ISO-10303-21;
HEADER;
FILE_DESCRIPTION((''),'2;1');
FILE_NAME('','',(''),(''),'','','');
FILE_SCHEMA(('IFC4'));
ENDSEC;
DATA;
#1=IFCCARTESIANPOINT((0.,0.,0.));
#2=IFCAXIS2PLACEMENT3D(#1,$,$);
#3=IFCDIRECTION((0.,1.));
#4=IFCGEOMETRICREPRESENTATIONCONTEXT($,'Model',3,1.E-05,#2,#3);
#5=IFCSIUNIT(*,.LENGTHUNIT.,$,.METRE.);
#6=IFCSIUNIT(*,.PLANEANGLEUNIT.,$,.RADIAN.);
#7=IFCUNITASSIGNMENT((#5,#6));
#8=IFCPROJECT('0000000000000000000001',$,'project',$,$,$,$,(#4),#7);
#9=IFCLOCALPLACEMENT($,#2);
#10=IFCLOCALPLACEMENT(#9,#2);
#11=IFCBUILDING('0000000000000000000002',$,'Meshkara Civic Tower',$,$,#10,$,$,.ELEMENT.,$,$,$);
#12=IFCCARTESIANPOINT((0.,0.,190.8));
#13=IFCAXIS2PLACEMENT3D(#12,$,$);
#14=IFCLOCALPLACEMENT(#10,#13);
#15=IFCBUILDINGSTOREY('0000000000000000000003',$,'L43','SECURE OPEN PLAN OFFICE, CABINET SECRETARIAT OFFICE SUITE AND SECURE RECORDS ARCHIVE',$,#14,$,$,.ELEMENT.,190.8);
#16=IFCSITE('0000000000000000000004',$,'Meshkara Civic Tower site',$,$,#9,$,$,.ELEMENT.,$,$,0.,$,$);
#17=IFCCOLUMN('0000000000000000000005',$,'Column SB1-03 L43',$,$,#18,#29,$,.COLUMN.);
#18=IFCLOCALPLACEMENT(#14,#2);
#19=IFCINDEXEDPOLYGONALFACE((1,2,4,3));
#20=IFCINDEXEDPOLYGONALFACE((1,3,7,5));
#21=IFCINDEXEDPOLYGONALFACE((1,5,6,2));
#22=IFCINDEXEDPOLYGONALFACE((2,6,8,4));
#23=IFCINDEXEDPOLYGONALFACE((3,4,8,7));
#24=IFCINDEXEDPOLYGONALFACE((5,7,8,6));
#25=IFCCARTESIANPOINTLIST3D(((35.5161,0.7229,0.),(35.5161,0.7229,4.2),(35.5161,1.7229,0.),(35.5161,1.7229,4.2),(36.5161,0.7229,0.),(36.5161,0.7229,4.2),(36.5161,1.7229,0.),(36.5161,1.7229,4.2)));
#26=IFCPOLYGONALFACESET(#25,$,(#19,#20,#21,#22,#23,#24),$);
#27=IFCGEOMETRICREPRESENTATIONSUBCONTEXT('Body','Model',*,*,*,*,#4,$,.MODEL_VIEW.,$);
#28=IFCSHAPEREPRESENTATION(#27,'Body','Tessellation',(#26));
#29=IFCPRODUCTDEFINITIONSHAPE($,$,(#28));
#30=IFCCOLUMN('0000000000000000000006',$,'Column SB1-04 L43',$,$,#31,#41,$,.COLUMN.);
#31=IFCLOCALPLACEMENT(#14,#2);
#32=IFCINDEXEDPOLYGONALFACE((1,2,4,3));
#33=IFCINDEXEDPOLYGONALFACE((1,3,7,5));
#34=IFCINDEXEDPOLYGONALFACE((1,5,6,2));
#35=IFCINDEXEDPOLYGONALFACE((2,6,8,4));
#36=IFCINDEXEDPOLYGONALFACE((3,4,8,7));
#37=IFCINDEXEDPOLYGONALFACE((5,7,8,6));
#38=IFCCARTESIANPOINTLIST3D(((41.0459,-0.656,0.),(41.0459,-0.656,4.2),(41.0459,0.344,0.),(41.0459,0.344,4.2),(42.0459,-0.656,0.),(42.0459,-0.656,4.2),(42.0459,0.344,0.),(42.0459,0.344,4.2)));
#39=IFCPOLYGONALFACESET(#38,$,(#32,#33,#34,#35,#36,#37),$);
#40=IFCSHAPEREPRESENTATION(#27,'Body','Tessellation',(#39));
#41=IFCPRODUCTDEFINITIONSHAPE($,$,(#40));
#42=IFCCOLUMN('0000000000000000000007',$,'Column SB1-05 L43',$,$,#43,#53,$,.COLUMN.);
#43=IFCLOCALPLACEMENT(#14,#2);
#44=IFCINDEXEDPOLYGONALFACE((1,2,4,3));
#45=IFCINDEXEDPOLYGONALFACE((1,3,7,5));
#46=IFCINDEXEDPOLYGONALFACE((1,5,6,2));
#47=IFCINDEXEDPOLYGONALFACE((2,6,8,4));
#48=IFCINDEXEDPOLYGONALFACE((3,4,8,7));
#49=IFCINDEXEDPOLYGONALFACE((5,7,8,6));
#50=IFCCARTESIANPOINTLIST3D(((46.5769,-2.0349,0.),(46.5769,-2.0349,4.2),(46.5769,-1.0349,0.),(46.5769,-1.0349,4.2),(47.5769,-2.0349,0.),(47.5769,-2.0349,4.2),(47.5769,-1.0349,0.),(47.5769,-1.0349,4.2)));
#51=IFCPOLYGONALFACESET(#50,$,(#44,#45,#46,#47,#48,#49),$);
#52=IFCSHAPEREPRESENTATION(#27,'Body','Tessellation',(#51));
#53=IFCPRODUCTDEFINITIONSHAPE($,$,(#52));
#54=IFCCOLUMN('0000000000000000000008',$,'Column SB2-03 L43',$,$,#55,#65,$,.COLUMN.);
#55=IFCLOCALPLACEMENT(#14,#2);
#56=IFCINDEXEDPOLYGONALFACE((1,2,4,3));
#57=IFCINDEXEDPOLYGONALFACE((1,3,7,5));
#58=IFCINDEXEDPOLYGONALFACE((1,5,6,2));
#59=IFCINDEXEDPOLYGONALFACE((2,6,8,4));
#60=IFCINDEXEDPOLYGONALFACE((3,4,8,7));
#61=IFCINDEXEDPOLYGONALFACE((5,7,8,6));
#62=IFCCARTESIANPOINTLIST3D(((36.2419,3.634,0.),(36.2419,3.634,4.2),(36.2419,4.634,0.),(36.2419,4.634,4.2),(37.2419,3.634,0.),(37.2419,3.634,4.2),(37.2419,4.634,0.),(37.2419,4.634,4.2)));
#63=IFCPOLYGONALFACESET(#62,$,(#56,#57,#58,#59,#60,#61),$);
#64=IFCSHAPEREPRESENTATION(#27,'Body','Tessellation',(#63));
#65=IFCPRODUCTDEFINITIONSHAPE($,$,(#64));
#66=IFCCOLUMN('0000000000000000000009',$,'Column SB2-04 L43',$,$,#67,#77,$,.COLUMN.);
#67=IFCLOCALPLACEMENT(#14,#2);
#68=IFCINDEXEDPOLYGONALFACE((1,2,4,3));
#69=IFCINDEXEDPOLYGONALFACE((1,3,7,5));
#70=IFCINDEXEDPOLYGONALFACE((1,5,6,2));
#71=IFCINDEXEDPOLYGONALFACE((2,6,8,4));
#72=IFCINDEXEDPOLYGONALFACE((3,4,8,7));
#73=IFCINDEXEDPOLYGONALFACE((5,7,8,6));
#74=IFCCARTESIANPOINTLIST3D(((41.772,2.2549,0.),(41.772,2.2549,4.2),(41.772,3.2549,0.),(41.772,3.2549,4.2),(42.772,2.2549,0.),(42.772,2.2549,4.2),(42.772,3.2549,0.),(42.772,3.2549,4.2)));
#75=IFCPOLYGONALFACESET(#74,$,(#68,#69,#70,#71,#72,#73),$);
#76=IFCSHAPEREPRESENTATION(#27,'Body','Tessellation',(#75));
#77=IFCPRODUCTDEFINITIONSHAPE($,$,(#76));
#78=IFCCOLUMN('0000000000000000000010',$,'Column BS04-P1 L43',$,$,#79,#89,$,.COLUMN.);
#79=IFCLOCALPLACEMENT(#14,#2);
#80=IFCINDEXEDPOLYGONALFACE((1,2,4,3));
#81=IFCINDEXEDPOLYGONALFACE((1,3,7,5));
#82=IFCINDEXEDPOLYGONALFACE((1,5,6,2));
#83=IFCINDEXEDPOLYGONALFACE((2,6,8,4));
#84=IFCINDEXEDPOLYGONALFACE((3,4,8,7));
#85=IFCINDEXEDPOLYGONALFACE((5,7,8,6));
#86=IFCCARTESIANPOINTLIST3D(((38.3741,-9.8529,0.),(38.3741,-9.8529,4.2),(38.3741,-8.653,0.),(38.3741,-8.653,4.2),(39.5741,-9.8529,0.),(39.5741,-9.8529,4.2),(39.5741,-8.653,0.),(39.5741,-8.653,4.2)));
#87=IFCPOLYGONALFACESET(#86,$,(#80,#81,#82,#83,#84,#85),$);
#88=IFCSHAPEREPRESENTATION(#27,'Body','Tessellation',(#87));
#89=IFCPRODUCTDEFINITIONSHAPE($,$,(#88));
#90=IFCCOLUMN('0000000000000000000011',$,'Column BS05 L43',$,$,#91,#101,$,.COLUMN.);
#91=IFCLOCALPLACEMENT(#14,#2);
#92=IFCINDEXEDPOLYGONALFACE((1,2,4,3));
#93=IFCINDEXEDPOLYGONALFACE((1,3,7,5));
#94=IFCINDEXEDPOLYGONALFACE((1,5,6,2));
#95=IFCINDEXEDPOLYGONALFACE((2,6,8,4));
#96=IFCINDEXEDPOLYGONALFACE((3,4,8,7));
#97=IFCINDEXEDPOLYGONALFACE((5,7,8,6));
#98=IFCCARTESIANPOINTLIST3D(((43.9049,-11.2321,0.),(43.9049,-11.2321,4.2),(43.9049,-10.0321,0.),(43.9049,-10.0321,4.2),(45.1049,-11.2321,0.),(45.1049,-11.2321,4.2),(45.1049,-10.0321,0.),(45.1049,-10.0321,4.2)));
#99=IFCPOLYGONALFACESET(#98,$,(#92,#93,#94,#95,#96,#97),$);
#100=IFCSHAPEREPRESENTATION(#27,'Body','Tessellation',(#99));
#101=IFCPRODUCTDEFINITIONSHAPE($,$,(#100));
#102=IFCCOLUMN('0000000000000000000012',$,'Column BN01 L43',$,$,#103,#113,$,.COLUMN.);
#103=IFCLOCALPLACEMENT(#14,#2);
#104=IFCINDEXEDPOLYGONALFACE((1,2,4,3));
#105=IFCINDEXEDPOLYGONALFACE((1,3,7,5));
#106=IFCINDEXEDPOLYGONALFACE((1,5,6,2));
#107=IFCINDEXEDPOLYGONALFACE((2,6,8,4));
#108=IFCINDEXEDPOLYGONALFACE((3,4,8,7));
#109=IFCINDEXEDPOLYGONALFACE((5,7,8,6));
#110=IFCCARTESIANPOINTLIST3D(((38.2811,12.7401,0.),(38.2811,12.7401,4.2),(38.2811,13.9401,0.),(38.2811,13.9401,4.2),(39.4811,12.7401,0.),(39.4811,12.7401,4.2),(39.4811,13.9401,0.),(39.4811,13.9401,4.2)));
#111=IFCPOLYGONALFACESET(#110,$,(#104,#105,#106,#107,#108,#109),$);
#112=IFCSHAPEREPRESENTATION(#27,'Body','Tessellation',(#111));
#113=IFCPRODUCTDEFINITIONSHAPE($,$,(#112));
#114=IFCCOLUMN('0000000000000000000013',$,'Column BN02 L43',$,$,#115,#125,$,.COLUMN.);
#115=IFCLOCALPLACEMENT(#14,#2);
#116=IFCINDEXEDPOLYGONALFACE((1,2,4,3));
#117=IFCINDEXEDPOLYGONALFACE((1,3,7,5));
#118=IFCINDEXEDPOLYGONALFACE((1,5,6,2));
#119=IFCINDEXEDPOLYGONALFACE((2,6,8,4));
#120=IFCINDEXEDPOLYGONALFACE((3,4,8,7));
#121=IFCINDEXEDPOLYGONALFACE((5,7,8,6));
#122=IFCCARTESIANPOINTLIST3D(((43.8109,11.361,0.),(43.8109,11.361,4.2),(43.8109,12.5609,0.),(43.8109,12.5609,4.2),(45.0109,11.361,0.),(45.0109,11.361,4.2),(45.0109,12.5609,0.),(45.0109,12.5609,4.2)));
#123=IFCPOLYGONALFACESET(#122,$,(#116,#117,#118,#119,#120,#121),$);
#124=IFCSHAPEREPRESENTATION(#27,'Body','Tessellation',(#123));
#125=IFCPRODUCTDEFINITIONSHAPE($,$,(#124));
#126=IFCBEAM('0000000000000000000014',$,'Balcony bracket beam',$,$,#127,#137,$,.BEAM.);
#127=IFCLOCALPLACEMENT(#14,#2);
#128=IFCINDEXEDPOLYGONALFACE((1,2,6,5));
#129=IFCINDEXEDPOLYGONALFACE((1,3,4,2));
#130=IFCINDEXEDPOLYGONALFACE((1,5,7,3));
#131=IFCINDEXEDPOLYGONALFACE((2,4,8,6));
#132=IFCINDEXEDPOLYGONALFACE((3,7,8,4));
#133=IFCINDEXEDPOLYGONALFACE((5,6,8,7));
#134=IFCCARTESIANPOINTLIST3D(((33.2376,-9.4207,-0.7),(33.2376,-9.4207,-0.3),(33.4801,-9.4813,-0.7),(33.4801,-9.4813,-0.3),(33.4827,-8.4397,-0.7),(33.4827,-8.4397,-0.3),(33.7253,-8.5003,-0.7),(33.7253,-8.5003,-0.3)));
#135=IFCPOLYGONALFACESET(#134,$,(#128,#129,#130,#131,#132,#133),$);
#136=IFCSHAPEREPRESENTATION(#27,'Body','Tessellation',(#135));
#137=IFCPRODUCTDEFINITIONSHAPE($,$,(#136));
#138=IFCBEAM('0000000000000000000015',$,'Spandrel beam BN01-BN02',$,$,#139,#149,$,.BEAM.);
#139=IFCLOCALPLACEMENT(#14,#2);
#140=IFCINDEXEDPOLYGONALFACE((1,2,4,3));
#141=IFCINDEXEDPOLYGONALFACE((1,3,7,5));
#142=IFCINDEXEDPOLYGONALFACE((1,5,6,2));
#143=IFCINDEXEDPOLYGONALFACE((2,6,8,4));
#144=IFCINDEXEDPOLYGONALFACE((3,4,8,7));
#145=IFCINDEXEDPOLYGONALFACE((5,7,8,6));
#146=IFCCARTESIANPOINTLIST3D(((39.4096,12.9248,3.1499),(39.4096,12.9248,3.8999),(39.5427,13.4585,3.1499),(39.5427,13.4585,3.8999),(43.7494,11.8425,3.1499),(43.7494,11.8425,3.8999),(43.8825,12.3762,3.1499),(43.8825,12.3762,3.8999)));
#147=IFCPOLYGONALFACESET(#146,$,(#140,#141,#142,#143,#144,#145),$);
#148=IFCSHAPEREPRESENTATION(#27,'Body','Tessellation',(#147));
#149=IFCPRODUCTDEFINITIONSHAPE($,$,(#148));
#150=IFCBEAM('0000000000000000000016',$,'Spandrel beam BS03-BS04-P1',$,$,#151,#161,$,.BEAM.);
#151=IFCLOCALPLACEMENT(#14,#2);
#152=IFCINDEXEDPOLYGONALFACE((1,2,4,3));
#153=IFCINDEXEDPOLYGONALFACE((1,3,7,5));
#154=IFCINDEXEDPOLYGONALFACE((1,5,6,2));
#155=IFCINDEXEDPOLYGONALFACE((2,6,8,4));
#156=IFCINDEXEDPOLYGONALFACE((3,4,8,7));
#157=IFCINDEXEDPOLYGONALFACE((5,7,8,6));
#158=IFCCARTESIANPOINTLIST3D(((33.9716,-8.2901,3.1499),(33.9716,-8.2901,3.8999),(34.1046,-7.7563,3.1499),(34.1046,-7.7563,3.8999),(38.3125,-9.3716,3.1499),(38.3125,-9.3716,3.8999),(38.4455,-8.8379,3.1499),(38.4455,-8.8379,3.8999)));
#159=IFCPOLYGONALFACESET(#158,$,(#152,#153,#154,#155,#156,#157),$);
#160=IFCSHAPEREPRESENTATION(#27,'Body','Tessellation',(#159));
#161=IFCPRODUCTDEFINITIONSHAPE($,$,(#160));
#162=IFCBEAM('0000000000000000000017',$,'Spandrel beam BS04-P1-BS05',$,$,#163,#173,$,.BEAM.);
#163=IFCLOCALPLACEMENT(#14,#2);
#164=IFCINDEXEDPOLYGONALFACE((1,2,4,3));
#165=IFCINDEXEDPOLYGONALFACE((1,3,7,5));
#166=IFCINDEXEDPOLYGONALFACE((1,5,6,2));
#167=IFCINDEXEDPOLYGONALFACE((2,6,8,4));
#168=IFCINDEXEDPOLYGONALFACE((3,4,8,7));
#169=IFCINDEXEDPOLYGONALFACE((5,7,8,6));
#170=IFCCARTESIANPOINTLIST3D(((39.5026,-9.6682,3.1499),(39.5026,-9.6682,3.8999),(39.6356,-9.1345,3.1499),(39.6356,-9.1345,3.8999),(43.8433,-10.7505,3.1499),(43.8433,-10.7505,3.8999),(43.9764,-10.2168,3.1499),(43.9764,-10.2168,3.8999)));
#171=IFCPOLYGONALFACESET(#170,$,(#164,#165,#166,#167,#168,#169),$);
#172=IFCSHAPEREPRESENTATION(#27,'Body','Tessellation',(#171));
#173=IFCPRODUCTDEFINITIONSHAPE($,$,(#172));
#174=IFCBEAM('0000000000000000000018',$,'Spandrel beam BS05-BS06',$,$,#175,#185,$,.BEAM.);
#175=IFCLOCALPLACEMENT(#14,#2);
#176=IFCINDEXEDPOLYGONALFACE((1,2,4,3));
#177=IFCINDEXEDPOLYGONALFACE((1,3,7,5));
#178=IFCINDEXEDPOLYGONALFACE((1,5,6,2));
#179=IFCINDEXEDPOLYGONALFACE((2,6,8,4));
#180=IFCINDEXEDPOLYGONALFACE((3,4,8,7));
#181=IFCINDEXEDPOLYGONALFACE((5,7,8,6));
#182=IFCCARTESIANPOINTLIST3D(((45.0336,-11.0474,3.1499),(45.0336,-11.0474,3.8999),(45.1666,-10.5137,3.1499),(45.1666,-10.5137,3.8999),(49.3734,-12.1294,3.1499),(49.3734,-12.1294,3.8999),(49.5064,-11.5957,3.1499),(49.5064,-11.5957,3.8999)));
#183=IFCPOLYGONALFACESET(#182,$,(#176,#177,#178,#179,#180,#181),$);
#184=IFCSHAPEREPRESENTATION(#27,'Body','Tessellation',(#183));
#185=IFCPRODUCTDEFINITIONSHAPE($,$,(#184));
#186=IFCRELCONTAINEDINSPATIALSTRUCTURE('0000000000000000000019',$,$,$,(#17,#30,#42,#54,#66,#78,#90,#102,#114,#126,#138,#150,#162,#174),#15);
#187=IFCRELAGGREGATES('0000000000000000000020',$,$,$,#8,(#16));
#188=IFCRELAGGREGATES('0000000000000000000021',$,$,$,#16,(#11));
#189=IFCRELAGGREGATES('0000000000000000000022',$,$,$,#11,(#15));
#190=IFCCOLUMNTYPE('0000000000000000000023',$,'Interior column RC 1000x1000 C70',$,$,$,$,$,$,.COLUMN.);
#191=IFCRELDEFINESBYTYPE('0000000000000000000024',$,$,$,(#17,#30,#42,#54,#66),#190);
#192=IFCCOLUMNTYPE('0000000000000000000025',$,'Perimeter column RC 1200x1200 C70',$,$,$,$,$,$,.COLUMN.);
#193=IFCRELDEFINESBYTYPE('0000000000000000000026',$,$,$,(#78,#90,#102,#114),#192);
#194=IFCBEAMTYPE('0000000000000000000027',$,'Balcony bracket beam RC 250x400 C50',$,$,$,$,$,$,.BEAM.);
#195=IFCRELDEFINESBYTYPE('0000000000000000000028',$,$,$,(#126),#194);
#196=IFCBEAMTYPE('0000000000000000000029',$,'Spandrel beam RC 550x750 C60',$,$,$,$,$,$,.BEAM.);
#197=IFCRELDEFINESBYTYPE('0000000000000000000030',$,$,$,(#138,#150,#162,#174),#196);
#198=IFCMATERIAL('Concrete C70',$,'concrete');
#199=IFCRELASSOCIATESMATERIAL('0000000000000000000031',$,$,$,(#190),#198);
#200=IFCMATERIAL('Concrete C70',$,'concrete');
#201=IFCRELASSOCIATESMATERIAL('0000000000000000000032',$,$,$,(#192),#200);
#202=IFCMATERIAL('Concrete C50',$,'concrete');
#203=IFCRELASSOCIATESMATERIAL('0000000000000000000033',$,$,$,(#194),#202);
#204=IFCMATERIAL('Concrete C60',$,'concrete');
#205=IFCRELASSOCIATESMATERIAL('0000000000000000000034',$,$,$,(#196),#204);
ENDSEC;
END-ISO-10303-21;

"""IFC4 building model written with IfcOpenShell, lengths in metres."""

from ifc_helpers import new_model, si_unit, direction, frame, origin, origin_2d, place, context, subcontext, project, spatial, rectangle, extrude, material, material_profile, profile_set, type_object, element, save


model = new_model("IFC4")

# Units and contexts
model_context = context("Model", 3, precision=1e-05, world=origin(), true_north=direction((0.0, 1.0)))
body_context = subcontext(model_context, "Body", "Model", "MODEL_VIEW")
ifc_project = project(units=[si_unit("LENGTHUNIT", "METRE"), si_unit("PLANEANGLEUNIT", "RADIAN")], contexts=[model_context])

# Site, building, storey
site_placement = place(None, origin())
site = spatial("IfcSite", under=ifc_project, at=site_placement, Name="Meshkara Civic Tower site", CompositionType="ELEMENT", RefElevation=0.0)
building_placement = place(site_placement, origin())
building = spatial("IfcBuilding", under=site, at=building_placement, Name="Meshkara Civic Tower", CompositionType="ELEMENT")
storey_placement = place(building_placement, frame((0.0, 0.0, 190.8)))
storey = spatial("IfcBuildingStorey", under=building, at=storey_placement, Name="L43", Description="SECURE OPEN PLAN OFFICE, CABINET SECRETARIAT OFFICE SUITE AND SECURE RECORDS ARCHIVE", CompositionType="ELEMENT", Elevation=190.8)

# Columns
ifc_material_1 = material(Name="Concrete C70", Category="concrete")
ifc_material_profile_1 = material_profile(ifc_material_1, rectangle(XDim=1.0, YDim=1.0, at=origin_2d()))
ifc_profile_set_1 = profile_set([ifc_material_profile_1], Name="Concrete C70")
column_type_1 = type_object("IfcColumnType", Name="Interior column RC 1000x1000 C70", PredefinedType="COLUMN", material=ifc_profile_set_1)
for number, where, z_axis, x_axis, name in (
    (1, (36.0161, 1.2229, 0.0), (0.0, 0.0, 1.0), (1.0, 0.0, 0.0), "Column SB1-03 L43"),
    (2, (41.5459, -0.156, 0.0), (0.0, 0.0, 1.0), (1.0, 0.0, 0.0), "Column SB1-04 L43"),
    (3, (47.0769, -1.5349, 0.0), (0.0, 0.0, 1.0), (1.0, 0.0, 0.0), "Column SB1-05 L43"),
    (4, (36.7419, 4.134, 0.0), (0.0, 0.0, 1.0), (1.0, 0.0, 0.0), "Column SB2-03 L43"),
    (5, (42.272, 2.7549, 0.0), (0.0, 0.0, 1.0), (1.0, 0.0, 0.0), "Column SB2-04 L43"),
):
    element("IfcColumn", number, at=place(storey_placement, frame(where, z_axis=z_axis, x_axis=x_axis)), inside=storey, type_object=column_type_1, Name=name, PredefinedType="COLUMN", context=body_context, shape_type="SweptSolid", body=[
        extrude(rectangle(XDim=1.0, YDim=1.0, at=origin_2d()), origin(), (0.0, 0.0, 1.0), 4.2),
    ])
ifc_material_2 = material(Name="Concrete C70", Category="concrete")
ifc_material_profile_2 = material_profile(ifc_material_2, rectangle(XDim=1.2, YDim=1.2, at=origin_2d()))
ifc_profile_set_2 = profile_set([ifc_material_profile_2], Name="Concrete C70")
column_type_2 = type_object("IfcColumnType", Name="Perimeter column RC 1200x1200 C70", PredefinedType="COLUMN", material=ifc_profile_set_2)
for number, where, z_axis, x_axis, name in (
    (6, (38.9741, -9.2529, 0.0), (0.0, 0.0, 1.0), (1.0, 0.0, 0.0), "Column BS04-P1 L43"),
    (7, (44.5049, -10.6321, 0.0), (0.0, 0.0, 1.0), (1.0, 0.0, 0.0), "Column BS05 L43"),
    (8, (38.8811, 13.3401, 0.0), (0.0, 0.0, 1.0), (1.0, 0.0, 0.0), "Column BN01 L43"),
    (9, (44.4109, 11.9609, 0.0), (0.0, 0.0, 1.0), (1.0, 0.0, 0.0), "Column BN02 L43"),
):
    element("IfcColumn", number, at=place(storey_placement, frame(where, z_axis=z_axis, x_axis=x_axis)), inside=storey, type_object=column_type_2, Name=name, PredefinedType="COLUMN", context=body_context, shape_type="SweptSolid", body=[
        extrude(rectangle(XDim=1.2, YDim=1.2, at=origin_2d()), origin(), (0.0, 0.0, 1.0), 4.2),
    ])

# Beams
ifc_material_3 = material(Name="Concrete C50", Category="concrete")
ifc_material_profile_3 = material_profile(ifc_material_3, rectangle(XDim=0.25, YDim=0.3999, at=origin_2d()))
ifc_profile_set_3 = profile_set([ifc_material_profile_3], Name="Concrete C50")
beam_type_1 = type_object("IfcBeamType", Name="Balcony bracket beam RC 250x400 C50", PredefinedType="BEAM", material=ifc_profile_set_3)
beam_1_placement = place(storey_placement, frame((33.604, -8.47, -0.5), z_axis=(-0.242422, -0.970171, 0.0), x_axis=(0.970171, -0.242422, 0.0)))
element("IfcBeam", 10, at=beam_1_placement, inside=storey, type_object=beam_type_1, Name="Balcony bracket beam", PredefinedType="BEAM", context=body_context, shape_type="SweptSolid", body=[
    extrude(rectangle(XDim=0.25, YDim=0.3999, at=origin_2d()), origin(), (0.0, 0.0, 1.0), 1.0112),
])
ifc_material_4 = material(Name="Concrete C60", Category="concrete")
ifc_material_profile_4 = material_profile(ifc_material_4, rectangle(XDim=0.55, YDim=0.75, at=origin_2d()))
ifc_profile_set_4 = profile_set([ifc_material_profile_4], Name="Concrete C60")
beam_type_2 = type_object("IfcBeamType", Name="Spandrel beam RC 550x750 C60", PredefinedType="BEAM", material=ifc_profile_set_4)
beam_2_placement = place(storey_placement, frame((43.8159, 12.1094, 3.5249), z_axis=(-0.970284, 0.24197, 0.0), x_axis=(-0.24197, -0.970284, 0.0)))
element("IfcBeam", 11, at=beam_2_placement, inside=storey, type_object=beam_type_2, Name="Spandrel beam BN01-BN02", PredefinedType="BEAM", context=body_context, shape_type="SweptSolid", body=[
    extrude(rectangle(XDim=0.55, YDim=0.75, at=origin_2d()), origin(), (0.0, 0.0, 1.0), 4.4727),
])
for number, where, z_axis, x_axis, name in (
    (12, (34.0381, -8.0232, 3.5249), (0.970335, -0.241765, 0.0), (0.241765, 0.970335, 0.0), "Spandrel beam BS03-BS04-P1"),
    (13, (39.5691, -9.4014, 3.5249), (0.970296, -0.241919, 0.0), (0.241919, 0.970296, 0.0), "Spandrel beam BS04-P1-BS05"),
):
    element("IfcBeam", number, at=place(storey_placement, frame(where, z_axis=z_axis, x_axis=x_axis)), inside=storey, type_object=beam_type_2, Name=name, PredefinedType="BEAM", context=body_context, shape_type="SweptSolid", body=[
        extrude(rectangle(XDim=0.55, YDim=0.75, at=origin_2d()), origin(), (0.0, 0.0, 1.0), 4.4736),
    ])
beam_3_placement = place(storey_placement, frame((45.1001, -10.7805, 3.5249), z_axis=(0.970296, -0.241919, 0.0), x_axis=(0.241919, 0.970296, 0.0)))
element("IfcBeam", 14, at=beam_3_placement, inside=storey, type_object=beam_type_2, Name="Spandrel beam BS05-BS06", PredefinedType="BEAM", context=body_context, shape_type="SweptSolid", body=[
    extrude(rectangle(XDim=0.55, YDim=0.75, at=origin_2d()), origin(), (0.0, 0.0, 1.0), 4.4727),
])

save(model, "model.ifc")
